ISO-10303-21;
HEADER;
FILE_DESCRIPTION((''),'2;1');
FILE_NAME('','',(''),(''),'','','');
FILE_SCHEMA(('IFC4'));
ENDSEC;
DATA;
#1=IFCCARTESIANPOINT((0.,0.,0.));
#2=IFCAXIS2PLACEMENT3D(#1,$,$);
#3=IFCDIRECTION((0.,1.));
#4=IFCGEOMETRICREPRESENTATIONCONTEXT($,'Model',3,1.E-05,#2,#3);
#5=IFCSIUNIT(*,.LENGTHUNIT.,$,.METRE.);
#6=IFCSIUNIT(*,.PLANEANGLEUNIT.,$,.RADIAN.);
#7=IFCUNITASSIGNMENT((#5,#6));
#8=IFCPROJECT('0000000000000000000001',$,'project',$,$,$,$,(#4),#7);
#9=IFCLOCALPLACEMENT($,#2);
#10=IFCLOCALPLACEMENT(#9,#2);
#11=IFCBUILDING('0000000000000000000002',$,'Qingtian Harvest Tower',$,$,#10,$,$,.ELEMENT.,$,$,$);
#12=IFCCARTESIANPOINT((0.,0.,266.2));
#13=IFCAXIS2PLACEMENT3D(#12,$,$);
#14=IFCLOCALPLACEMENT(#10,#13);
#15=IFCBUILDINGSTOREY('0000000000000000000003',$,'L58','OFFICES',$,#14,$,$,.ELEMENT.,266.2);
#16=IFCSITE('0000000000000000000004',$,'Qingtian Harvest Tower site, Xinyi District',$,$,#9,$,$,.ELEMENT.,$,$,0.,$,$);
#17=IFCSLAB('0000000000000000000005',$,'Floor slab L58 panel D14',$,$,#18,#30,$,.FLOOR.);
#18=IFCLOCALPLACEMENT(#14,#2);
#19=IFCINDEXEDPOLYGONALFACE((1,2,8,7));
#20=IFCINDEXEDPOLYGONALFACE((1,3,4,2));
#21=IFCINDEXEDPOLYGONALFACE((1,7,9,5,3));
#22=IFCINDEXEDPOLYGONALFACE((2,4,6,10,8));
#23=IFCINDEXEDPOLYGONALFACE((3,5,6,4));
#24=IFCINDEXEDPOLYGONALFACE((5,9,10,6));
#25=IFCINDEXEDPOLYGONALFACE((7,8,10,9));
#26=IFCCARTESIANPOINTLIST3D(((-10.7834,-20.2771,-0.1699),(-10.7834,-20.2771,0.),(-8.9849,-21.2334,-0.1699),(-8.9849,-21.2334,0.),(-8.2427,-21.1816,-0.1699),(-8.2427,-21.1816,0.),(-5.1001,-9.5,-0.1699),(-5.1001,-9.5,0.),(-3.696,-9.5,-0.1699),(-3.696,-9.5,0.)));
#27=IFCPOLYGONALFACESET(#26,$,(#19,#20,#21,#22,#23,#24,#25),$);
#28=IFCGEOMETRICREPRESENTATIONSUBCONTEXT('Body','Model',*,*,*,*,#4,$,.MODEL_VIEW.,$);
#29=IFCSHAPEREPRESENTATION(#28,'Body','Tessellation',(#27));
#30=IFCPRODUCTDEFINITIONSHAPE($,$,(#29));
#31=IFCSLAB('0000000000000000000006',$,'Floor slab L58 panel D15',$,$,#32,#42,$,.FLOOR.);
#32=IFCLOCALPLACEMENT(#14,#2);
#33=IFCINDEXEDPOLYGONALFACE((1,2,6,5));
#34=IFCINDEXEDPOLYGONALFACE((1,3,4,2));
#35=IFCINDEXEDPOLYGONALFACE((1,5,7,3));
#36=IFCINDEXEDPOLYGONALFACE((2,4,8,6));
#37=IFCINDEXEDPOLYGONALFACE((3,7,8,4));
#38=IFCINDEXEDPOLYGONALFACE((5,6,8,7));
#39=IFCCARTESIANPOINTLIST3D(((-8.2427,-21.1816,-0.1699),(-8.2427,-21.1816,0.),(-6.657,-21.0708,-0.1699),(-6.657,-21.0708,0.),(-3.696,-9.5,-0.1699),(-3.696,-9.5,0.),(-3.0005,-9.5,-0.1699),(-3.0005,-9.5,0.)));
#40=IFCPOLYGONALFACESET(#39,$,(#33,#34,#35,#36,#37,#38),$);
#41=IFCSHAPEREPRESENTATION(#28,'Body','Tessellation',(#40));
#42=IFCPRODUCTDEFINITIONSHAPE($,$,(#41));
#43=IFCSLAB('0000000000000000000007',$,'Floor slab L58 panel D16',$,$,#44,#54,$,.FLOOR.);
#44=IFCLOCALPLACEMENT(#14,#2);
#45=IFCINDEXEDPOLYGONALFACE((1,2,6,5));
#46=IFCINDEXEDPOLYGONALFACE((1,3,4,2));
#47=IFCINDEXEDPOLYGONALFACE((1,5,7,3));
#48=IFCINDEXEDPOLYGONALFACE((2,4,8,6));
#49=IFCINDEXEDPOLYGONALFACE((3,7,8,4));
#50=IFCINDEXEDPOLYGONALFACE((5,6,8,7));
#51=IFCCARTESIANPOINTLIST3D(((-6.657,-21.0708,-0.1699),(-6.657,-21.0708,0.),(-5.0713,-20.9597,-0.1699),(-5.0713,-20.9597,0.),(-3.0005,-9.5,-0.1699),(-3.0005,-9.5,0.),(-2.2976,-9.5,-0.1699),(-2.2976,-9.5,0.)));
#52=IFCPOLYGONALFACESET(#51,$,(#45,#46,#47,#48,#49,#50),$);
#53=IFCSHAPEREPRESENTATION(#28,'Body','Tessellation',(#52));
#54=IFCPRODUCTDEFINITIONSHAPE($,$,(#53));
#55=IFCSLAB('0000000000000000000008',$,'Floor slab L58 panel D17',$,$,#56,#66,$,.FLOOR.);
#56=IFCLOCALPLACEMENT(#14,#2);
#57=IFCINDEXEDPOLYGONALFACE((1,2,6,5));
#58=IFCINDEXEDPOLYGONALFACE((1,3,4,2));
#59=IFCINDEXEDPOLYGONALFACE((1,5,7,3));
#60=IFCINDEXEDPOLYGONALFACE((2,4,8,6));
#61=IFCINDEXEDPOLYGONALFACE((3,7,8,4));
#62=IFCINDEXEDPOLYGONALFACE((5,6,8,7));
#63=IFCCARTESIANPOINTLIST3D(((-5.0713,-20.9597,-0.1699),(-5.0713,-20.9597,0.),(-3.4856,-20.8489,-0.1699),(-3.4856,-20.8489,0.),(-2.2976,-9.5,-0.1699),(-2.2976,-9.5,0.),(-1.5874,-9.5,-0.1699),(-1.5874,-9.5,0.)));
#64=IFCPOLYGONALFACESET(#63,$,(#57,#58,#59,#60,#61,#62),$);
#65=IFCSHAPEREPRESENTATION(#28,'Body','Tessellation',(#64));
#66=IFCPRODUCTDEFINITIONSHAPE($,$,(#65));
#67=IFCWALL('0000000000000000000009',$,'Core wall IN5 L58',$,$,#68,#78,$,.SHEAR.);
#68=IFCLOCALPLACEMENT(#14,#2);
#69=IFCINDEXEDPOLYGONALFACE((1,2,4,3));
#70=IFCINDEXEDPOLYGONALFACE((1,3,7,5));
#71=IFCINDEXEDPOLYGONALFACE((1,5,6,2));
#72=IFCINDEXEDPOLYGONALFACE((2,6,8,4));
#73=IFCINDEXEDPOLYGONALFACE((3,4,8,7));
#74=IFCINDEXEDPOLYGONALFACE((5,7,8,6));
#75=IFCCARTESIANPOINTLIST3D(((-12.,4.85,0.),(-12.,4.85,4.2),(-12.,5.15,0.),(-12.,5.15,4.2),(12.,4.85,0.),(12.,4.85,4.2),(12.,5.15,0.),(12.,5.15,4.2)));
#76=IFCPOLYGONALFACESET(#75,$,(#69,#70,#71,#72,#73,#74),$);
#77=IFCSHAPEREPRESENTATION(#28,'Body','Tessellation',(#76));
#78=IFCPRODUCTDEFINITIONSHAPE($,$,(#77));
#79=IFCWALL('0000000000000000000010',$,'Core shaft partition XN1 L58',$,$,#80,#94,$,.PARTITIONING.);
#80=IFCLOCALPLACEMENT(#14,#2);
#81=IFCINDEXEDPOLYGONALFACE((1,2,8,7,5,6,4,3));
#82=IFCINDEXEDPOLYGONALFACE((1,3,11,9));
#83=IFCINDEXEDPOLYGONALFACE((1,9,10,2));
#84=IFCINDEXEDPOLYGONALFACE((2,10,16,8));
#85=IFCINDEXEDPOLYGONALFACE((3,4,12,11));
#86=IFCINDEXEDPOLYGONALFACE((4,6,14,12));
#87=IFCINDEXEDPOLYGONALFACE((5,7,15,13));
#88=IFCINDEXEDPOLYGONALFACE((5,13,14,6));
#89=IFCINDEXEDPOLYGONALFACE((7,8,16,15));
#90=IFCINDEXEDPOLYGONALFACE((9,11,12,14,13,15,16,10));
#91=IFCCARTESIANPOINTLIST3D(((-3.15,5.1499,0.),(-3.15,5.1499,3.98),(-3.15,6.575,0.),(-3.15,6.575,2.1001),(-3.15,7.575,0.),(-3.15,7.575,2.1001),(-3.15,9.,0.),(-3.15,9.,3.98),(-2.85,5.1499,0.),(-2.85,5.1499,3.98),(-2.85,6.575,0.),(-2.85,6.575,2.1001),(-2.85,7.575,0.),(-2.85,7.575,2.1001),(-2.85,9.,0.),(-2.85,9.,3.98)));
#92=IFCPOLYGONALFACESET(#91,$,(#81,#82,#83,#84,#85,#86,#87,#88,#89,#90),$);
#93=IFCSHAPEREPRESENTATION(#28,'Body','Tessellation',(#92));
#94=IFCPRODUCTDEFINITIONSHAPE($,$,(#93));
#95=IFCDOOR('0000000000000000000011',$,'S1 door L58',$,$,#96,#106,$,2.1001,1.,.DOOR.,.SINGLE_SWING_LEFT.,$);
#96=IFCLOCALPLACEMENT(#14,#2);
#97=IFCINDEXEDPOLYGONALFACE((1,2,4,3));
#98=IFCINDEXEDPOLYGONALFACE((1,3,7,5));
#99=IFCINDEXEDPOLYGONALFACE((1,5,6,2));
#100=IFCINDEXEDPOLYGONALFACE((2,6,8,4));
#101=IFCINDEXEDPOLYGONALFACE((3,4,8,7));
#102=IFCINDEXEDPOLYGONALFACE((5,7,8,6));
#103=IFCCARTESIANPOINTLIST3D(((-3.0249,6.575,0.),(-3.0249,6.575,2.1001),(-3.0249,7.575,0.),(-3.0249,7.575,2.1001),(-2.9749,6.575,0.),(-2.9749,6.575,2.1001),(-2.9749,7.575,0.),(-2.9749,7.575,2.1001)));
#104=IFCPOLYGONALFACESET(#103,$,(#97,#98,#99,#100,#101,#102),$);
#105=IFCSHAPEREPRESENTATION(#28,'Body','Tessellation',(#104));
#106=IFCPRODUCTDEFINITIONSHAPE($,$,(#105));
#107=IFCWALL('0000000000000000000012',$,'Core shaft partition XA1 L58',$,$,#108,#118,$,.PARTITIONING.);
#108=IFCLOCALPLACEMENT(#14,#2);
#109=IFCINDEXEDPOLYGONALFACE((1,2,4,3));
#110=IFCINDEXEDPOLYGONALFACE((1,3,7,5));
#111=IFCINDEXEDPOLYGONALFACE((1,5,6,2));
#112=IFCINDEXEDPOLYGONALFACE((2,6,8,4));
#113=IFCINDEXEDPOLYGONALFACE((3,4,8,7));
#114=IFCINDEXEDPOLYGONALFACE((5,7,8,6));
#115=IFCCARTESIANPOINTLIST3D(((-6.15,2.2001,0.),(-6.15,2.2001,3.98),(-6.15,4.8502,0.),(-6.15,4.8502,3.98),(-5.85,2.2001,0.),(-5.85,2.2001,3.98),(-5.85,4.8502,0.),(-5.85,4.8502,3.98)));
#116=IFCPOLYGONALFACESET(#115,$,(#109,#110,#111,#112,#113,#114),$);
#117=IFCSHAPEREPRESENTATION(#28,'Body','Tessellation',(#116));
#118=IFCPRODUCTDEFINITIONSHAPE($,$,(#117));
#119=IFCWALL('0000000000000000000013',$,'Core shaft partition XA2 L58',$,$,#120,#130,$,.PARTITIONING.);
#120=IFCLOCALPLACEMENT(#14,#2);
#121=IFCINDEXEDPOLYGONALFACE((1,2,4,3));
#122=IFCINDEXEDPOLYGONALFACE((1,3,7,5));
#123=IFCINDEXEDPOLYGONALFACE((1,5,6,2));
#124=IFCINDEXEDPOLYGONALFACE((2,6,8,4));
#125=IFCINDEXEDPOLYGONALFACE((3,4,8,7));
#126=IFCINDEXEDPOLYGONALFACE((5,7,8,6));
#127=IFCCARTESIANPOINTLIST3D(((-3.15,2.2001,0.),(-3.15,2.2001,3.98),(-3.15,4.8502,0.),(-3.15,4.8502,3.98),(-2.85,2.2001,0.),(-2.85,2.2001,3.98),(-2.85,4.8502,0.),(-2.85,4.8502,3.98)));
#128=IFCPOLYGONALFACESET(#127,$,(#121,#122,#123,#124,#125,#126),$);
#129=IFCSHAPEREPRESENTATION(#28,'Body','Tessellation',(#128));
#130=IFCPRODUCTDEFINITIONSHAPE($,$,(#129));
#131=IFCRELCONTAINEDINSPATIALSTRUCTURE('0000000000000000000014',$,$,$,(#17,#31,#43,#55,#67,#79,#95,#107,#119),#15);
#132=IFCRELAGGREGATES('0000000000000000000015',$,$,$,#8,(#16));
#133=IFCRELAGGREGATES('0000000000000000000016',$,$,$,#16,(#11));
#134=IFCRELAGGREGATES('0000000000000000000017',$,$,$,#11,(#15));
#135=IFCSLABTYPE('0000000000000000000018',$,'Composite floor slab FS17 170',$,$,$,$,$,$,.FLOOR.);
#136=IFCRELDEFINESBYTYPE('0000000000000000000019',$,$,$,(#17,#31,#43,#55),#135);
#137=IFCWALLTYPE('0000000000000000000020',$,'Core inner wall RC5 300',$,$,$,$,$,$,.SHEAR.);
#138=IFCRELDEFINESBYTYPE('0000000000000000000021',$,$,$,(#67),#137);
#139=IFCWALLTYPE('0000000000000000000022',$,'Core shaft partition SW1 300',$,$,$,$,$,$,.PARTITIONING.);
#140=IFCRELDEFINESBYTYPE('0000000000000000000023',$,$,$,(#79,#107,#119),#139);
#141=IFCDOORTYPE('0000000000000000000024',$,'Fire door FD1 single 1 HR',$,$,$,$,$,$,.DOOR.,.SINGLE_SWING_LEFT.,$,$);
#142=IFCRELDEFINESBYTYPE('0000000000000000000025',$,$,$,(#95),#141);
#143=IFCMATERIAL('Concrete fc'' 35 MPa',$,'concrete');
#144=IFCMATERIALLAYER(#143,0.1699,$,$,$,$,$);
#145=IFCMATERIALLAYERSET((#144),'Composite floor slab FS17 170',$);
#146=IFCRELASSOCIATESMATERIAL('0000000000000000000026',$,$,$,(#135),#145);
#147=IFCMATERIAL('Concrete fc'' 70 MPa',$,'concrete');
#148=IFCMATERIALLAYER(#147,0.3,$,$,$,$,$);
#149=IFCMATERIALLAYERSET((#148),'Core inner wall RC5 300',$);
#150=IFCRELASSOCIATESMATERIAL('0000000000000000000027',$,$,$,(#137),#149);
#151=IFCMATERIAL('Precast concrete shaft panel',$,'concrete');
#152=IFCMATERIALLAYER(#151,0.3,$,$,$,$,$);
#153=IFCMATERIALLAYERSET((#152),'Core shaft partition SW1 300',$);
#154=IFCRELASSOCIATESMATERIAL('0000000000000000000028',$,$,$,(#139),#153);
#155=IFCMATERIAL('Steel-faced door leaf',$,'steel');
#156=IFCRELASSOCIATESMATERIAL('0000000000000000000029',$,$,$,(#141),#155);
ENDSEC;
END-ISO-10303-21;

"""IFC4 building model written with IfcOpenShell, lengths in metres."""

from ifc_helpers import new_model, si_unit, direction, frame, frame_2d, origin, place, context, subcontext, project, spatial, polyline, rectangle, outline, extrude, material, layer, layer_set, type_object, element, fill, save


model = new_model("IFC4")

# Units and contexts
model_context = context("Model", 3, precision=1e-05, world=origin(), true_north=direction((0.0, 1.0)))
body_context = subcontext(model_context, "Body", "Model", "MODEL_VIEW")
ifc_project = project(units=[si_unit("LENGTHUNIT", "METRE"), si_unit("PLANEANGLEUNIT", "RADIAN")], contexts=[model_context])

# Site, building, storey
site_placement = place(None, origin())
site = spatial("IfcSite", under=ifc_project, at=site_placement, Name="Qingtian Harvest Tower site, Xinyi District", CompositionType="ELEMENT", RefElevation=0.0)
building_placement = place(site_placement, origin())
building = spatial("IfcBuilding", under=site, at=building_placement, Name="Qingtian Harvest Tower", CompositionType="ELEMENT")
storey_placement = place(building_placement, frame((0.0, 0.0, 266.2)))
storey = spatial("IfcBuildingStorey", under=building, at=storey_placement, Name="L58", Description="OFFICES", CompositionType="ELEMENT", Elevation=266.2)

# Slabs
ifc_material_1 = material(Name="Concrete fc' 35 MPa", Category="concrete")
ifc_layer_1 = layer(ifc_material_1, 0.1699)
ifc_layer_set_1 = layer_set([ifc_layer_1], Name="Composite floor slab FS17 170")
slab_type = type_object("IfcSlabType", Name="Composite floor slab FS17 170", PredefinedType="FLOOR", material=ifc_layer_set_1)
slab_1_placement = place(storey_placement, frame((0.0, 0.0, -0.1699)))
element("IfcSlab", 1, at=slab_1_placement, inside=storey, type_object=slab_type, Name="Floor slab L58 panel D14", PredefinedType="FLOOR", context=body_context, shape_type="SweptSolid", body=[
    extrude(outline(polyline([(-5.1001, -9.5), (-3.696, -9.5), (-8.2427, -21.1816), (-8.9849, -21.2334), (-10.7834, -20.2771), (-5.1001, -9.5)])), origin(), (0.0, 0.0, 1.0), 0.1699),
])
slab_2_placement = place(storey_placement, frame((0.0, 0.0, -0.1699)))
element("IfcSlab", 2, at=slab_2_placement, inside=storey, type_object=slab_type, Name="Floor slab L58 panel D15", PredefinedType="FLOOR", context=body_context, shape_type="SweptSolid", body=[
    extrude(outline(polyline([(-3.0005, -9.5), (-6.657, -21.0708), (-8.2427, -21.1816), (-3.696, -9.5), (-3.0005, -9.5)])), origin(), (0.0, 0.0, 1.0), 0.1699),
])
slab_3_placement = place(storey_placement, frame((0.0, 0.0, -0.1699)))
element("IfcSlab", 3, at=slab_3_placement, inside=storey, type_object=slab_type, Name="Floor slab L58 panel D16", PredefinedType="FLOOR", context=body_context, shape_type="SweptSolid", body=[
    extrude(outline(polyline([(-2.2976, -9.5), (-5.0713, -20.9597), (-6.657, -21.0708), (-3.0005, -9.5), (-2.2976, -9.5)])), origin(), (0.0, 0.0, 1.0), 0.1699),
])
slab_4_placement = place(storey_placement, frame((0.0, 0.0, -0.1699)))
element("IfcSlab", 4, at=slab_4_placement, inside=storey, type_object=slab_type, Name="Floor slab L58 panel D17", PredefinedType="FLOOR", context=body_context, shape_type="SweptSolid", body=[
    extrude(outline(polyline([(-1.5874, -9.5), (-3.4856, -20.8489), (-5.0713, -20.9597), (-2.2976, -9.5), (-1.5874, -9.5)])), origin(), (0.0, 0.0, 1.0), 0.1699),
])

# Wall
ifc_material_2 = material(Name="Concrete fc' 70 MPa", Category="concrete")
ifc_layer_2 = layer(ifc_material_2, 0.3)
ifc_layer_set_2 = layer_set([ifc_layer_2], Name="Core inner wall RC5 300")
wall_type_1 = type_object("IfcWallType", Name="Core inner wall RC5 300", PredefinedType="SHEAR", material=ifc_layer_set_2)
wall_1_placement = place(storey_placement, frame((-12.0, 5.0, 0.0), z_axis=(0.0, 0.0, 1.0), x_axis=(1.0, 0.0, 0.0)))
element("IfcWall", 5, at=wall_1_placement, inside=storey, type_object=wall_type_1, Name="Core wall IN5 L58", PredefinedType="SHEAR", context=body_context, shape_type="SweptSolid", body=[
    extrude(rectangle(XDim=24.0, YDim=0.3, at=frame_2d((12.0, 0.0))), origin(), (0.0, 0.0, 1.0), 4.2),
])

# Wall, opening, door
ifc_material_3 = material(Name="Precast concrete shaft panel", Category="concrete")
ifc_layer_3 = layer(ifc_material_3, 0.3)
ifc_layer_set_3 = layer_set([ifc_layer_3], Name="Core shaft partition SW1 300")
wall_type_2 = type_object("IfcWallType", Name="Core shaft partition SW1 300", PredefinedType="PARTITIONING", material=ifc_layer_set_3)
wall_2_placement = place(storey_placement, frame((-3.0, 5.1499, 0.0), z_axis=(0.0, 0.0, 1.0), x_axis=(0.0, 1.0, 0.0)))
wall_2 = element("IfcWall", 6, at=wall_2_placement, inside=storey, type_object=wall_type_2, Name="Core shaft partition XN1 L58", PredefinedType="PARTITIONING", context=body_context, shape_type="SweptSolid", body=[
    extrude(rectangle(XDim=3.8501, YDim=0.3, at=frame_2d((1.925, 0.0))), origin(), (0.0, 0.0, 1.0), 3.98),
])
opening_1_placement = place(wall_2_placement, frame((1.425, 0.0, 0.0)))
opening_1 = element("IfcOpeningElement", 7, at=opening_1_placement, cuts=wall_2, PredefinedType="OPENING", context=body_context, shape_type="SweptSolid", body=[
    extrude(rectangle(XDim=1.0, YDim=2.1001, at=frame_2d((0.5, 1.05))), frame((0.0, 0.1599, 0.0), z_axis=(0.0, -1.0, 0.0), x_axis=(1.0, 0.0, 0.0)), (0.0, 0.0, 1.0), 0.3201),
])
ifc_material_4 = material(Name="Steel-faced door leaf", Category="steel")
door_type_1 = type_object("IfcDoorType", Name="Fire door FD1 single 1 HR", OperationType="SINGLE_SWING_LEFT", PredefinedType="DOOR", material=ifc_material_4)
door_1_placement = place(opening_1_placement, origin())
door_1 = element("IfcDoor", 8, at=door_1_placement, inside=storey, type_object=door_type_1, Name="S1 door L58", OperationType="SINGLE_SWING_LEFT", OverallHeight=2.1001, OverallWidth=1.0, PredefinedType="DOOR", context=body_context, shape_type="SweptSolid", body=[
    extrude(rectangle(XDim=1.0, YDim=2.1001, at=frame_2d((0.5, 1.05))), frame((0.0, 0.0249, 0.0), z_axis=(0.0, -1.0, 0.0), x_axis=(1.0, 0.0, 0.0)), (0.0, 0.0, 1.0), 0.05),
])
fill(opening_1, door_1)

# Walls
for number, where, z_axis, x_axis, name in (
    (9, (-6.0, 2.2, 0.0), (0.0, 0.0, 1.0), (0.0, 1.0, 0.0), "Core shaft partition XA1 L58"),
    (10, (-3.0, 2.2, 0.0), (0.0, 0.0, 1.0), (0.0, 1.0, 0.0), "Core shaft partition XA2 L58"),
):
    element("IfcWall", number, at=place(storey_placement, frame(where, z_axis=z_axis, x_axis=x_axis)), inside=storey, type_object=wall_type_2, Name=name, PredefinedType="PARTITIONING", context=body_context, shape_type="SweptSolid", body=[
        extrude(rectangle(XDim=2.6501, YDim=0.3, at=frame_2d((1.3252, 0.0))), origin(), (0.0, 0.0, 1.0), 3.98),
    ])

save(model, "model.ifc")
